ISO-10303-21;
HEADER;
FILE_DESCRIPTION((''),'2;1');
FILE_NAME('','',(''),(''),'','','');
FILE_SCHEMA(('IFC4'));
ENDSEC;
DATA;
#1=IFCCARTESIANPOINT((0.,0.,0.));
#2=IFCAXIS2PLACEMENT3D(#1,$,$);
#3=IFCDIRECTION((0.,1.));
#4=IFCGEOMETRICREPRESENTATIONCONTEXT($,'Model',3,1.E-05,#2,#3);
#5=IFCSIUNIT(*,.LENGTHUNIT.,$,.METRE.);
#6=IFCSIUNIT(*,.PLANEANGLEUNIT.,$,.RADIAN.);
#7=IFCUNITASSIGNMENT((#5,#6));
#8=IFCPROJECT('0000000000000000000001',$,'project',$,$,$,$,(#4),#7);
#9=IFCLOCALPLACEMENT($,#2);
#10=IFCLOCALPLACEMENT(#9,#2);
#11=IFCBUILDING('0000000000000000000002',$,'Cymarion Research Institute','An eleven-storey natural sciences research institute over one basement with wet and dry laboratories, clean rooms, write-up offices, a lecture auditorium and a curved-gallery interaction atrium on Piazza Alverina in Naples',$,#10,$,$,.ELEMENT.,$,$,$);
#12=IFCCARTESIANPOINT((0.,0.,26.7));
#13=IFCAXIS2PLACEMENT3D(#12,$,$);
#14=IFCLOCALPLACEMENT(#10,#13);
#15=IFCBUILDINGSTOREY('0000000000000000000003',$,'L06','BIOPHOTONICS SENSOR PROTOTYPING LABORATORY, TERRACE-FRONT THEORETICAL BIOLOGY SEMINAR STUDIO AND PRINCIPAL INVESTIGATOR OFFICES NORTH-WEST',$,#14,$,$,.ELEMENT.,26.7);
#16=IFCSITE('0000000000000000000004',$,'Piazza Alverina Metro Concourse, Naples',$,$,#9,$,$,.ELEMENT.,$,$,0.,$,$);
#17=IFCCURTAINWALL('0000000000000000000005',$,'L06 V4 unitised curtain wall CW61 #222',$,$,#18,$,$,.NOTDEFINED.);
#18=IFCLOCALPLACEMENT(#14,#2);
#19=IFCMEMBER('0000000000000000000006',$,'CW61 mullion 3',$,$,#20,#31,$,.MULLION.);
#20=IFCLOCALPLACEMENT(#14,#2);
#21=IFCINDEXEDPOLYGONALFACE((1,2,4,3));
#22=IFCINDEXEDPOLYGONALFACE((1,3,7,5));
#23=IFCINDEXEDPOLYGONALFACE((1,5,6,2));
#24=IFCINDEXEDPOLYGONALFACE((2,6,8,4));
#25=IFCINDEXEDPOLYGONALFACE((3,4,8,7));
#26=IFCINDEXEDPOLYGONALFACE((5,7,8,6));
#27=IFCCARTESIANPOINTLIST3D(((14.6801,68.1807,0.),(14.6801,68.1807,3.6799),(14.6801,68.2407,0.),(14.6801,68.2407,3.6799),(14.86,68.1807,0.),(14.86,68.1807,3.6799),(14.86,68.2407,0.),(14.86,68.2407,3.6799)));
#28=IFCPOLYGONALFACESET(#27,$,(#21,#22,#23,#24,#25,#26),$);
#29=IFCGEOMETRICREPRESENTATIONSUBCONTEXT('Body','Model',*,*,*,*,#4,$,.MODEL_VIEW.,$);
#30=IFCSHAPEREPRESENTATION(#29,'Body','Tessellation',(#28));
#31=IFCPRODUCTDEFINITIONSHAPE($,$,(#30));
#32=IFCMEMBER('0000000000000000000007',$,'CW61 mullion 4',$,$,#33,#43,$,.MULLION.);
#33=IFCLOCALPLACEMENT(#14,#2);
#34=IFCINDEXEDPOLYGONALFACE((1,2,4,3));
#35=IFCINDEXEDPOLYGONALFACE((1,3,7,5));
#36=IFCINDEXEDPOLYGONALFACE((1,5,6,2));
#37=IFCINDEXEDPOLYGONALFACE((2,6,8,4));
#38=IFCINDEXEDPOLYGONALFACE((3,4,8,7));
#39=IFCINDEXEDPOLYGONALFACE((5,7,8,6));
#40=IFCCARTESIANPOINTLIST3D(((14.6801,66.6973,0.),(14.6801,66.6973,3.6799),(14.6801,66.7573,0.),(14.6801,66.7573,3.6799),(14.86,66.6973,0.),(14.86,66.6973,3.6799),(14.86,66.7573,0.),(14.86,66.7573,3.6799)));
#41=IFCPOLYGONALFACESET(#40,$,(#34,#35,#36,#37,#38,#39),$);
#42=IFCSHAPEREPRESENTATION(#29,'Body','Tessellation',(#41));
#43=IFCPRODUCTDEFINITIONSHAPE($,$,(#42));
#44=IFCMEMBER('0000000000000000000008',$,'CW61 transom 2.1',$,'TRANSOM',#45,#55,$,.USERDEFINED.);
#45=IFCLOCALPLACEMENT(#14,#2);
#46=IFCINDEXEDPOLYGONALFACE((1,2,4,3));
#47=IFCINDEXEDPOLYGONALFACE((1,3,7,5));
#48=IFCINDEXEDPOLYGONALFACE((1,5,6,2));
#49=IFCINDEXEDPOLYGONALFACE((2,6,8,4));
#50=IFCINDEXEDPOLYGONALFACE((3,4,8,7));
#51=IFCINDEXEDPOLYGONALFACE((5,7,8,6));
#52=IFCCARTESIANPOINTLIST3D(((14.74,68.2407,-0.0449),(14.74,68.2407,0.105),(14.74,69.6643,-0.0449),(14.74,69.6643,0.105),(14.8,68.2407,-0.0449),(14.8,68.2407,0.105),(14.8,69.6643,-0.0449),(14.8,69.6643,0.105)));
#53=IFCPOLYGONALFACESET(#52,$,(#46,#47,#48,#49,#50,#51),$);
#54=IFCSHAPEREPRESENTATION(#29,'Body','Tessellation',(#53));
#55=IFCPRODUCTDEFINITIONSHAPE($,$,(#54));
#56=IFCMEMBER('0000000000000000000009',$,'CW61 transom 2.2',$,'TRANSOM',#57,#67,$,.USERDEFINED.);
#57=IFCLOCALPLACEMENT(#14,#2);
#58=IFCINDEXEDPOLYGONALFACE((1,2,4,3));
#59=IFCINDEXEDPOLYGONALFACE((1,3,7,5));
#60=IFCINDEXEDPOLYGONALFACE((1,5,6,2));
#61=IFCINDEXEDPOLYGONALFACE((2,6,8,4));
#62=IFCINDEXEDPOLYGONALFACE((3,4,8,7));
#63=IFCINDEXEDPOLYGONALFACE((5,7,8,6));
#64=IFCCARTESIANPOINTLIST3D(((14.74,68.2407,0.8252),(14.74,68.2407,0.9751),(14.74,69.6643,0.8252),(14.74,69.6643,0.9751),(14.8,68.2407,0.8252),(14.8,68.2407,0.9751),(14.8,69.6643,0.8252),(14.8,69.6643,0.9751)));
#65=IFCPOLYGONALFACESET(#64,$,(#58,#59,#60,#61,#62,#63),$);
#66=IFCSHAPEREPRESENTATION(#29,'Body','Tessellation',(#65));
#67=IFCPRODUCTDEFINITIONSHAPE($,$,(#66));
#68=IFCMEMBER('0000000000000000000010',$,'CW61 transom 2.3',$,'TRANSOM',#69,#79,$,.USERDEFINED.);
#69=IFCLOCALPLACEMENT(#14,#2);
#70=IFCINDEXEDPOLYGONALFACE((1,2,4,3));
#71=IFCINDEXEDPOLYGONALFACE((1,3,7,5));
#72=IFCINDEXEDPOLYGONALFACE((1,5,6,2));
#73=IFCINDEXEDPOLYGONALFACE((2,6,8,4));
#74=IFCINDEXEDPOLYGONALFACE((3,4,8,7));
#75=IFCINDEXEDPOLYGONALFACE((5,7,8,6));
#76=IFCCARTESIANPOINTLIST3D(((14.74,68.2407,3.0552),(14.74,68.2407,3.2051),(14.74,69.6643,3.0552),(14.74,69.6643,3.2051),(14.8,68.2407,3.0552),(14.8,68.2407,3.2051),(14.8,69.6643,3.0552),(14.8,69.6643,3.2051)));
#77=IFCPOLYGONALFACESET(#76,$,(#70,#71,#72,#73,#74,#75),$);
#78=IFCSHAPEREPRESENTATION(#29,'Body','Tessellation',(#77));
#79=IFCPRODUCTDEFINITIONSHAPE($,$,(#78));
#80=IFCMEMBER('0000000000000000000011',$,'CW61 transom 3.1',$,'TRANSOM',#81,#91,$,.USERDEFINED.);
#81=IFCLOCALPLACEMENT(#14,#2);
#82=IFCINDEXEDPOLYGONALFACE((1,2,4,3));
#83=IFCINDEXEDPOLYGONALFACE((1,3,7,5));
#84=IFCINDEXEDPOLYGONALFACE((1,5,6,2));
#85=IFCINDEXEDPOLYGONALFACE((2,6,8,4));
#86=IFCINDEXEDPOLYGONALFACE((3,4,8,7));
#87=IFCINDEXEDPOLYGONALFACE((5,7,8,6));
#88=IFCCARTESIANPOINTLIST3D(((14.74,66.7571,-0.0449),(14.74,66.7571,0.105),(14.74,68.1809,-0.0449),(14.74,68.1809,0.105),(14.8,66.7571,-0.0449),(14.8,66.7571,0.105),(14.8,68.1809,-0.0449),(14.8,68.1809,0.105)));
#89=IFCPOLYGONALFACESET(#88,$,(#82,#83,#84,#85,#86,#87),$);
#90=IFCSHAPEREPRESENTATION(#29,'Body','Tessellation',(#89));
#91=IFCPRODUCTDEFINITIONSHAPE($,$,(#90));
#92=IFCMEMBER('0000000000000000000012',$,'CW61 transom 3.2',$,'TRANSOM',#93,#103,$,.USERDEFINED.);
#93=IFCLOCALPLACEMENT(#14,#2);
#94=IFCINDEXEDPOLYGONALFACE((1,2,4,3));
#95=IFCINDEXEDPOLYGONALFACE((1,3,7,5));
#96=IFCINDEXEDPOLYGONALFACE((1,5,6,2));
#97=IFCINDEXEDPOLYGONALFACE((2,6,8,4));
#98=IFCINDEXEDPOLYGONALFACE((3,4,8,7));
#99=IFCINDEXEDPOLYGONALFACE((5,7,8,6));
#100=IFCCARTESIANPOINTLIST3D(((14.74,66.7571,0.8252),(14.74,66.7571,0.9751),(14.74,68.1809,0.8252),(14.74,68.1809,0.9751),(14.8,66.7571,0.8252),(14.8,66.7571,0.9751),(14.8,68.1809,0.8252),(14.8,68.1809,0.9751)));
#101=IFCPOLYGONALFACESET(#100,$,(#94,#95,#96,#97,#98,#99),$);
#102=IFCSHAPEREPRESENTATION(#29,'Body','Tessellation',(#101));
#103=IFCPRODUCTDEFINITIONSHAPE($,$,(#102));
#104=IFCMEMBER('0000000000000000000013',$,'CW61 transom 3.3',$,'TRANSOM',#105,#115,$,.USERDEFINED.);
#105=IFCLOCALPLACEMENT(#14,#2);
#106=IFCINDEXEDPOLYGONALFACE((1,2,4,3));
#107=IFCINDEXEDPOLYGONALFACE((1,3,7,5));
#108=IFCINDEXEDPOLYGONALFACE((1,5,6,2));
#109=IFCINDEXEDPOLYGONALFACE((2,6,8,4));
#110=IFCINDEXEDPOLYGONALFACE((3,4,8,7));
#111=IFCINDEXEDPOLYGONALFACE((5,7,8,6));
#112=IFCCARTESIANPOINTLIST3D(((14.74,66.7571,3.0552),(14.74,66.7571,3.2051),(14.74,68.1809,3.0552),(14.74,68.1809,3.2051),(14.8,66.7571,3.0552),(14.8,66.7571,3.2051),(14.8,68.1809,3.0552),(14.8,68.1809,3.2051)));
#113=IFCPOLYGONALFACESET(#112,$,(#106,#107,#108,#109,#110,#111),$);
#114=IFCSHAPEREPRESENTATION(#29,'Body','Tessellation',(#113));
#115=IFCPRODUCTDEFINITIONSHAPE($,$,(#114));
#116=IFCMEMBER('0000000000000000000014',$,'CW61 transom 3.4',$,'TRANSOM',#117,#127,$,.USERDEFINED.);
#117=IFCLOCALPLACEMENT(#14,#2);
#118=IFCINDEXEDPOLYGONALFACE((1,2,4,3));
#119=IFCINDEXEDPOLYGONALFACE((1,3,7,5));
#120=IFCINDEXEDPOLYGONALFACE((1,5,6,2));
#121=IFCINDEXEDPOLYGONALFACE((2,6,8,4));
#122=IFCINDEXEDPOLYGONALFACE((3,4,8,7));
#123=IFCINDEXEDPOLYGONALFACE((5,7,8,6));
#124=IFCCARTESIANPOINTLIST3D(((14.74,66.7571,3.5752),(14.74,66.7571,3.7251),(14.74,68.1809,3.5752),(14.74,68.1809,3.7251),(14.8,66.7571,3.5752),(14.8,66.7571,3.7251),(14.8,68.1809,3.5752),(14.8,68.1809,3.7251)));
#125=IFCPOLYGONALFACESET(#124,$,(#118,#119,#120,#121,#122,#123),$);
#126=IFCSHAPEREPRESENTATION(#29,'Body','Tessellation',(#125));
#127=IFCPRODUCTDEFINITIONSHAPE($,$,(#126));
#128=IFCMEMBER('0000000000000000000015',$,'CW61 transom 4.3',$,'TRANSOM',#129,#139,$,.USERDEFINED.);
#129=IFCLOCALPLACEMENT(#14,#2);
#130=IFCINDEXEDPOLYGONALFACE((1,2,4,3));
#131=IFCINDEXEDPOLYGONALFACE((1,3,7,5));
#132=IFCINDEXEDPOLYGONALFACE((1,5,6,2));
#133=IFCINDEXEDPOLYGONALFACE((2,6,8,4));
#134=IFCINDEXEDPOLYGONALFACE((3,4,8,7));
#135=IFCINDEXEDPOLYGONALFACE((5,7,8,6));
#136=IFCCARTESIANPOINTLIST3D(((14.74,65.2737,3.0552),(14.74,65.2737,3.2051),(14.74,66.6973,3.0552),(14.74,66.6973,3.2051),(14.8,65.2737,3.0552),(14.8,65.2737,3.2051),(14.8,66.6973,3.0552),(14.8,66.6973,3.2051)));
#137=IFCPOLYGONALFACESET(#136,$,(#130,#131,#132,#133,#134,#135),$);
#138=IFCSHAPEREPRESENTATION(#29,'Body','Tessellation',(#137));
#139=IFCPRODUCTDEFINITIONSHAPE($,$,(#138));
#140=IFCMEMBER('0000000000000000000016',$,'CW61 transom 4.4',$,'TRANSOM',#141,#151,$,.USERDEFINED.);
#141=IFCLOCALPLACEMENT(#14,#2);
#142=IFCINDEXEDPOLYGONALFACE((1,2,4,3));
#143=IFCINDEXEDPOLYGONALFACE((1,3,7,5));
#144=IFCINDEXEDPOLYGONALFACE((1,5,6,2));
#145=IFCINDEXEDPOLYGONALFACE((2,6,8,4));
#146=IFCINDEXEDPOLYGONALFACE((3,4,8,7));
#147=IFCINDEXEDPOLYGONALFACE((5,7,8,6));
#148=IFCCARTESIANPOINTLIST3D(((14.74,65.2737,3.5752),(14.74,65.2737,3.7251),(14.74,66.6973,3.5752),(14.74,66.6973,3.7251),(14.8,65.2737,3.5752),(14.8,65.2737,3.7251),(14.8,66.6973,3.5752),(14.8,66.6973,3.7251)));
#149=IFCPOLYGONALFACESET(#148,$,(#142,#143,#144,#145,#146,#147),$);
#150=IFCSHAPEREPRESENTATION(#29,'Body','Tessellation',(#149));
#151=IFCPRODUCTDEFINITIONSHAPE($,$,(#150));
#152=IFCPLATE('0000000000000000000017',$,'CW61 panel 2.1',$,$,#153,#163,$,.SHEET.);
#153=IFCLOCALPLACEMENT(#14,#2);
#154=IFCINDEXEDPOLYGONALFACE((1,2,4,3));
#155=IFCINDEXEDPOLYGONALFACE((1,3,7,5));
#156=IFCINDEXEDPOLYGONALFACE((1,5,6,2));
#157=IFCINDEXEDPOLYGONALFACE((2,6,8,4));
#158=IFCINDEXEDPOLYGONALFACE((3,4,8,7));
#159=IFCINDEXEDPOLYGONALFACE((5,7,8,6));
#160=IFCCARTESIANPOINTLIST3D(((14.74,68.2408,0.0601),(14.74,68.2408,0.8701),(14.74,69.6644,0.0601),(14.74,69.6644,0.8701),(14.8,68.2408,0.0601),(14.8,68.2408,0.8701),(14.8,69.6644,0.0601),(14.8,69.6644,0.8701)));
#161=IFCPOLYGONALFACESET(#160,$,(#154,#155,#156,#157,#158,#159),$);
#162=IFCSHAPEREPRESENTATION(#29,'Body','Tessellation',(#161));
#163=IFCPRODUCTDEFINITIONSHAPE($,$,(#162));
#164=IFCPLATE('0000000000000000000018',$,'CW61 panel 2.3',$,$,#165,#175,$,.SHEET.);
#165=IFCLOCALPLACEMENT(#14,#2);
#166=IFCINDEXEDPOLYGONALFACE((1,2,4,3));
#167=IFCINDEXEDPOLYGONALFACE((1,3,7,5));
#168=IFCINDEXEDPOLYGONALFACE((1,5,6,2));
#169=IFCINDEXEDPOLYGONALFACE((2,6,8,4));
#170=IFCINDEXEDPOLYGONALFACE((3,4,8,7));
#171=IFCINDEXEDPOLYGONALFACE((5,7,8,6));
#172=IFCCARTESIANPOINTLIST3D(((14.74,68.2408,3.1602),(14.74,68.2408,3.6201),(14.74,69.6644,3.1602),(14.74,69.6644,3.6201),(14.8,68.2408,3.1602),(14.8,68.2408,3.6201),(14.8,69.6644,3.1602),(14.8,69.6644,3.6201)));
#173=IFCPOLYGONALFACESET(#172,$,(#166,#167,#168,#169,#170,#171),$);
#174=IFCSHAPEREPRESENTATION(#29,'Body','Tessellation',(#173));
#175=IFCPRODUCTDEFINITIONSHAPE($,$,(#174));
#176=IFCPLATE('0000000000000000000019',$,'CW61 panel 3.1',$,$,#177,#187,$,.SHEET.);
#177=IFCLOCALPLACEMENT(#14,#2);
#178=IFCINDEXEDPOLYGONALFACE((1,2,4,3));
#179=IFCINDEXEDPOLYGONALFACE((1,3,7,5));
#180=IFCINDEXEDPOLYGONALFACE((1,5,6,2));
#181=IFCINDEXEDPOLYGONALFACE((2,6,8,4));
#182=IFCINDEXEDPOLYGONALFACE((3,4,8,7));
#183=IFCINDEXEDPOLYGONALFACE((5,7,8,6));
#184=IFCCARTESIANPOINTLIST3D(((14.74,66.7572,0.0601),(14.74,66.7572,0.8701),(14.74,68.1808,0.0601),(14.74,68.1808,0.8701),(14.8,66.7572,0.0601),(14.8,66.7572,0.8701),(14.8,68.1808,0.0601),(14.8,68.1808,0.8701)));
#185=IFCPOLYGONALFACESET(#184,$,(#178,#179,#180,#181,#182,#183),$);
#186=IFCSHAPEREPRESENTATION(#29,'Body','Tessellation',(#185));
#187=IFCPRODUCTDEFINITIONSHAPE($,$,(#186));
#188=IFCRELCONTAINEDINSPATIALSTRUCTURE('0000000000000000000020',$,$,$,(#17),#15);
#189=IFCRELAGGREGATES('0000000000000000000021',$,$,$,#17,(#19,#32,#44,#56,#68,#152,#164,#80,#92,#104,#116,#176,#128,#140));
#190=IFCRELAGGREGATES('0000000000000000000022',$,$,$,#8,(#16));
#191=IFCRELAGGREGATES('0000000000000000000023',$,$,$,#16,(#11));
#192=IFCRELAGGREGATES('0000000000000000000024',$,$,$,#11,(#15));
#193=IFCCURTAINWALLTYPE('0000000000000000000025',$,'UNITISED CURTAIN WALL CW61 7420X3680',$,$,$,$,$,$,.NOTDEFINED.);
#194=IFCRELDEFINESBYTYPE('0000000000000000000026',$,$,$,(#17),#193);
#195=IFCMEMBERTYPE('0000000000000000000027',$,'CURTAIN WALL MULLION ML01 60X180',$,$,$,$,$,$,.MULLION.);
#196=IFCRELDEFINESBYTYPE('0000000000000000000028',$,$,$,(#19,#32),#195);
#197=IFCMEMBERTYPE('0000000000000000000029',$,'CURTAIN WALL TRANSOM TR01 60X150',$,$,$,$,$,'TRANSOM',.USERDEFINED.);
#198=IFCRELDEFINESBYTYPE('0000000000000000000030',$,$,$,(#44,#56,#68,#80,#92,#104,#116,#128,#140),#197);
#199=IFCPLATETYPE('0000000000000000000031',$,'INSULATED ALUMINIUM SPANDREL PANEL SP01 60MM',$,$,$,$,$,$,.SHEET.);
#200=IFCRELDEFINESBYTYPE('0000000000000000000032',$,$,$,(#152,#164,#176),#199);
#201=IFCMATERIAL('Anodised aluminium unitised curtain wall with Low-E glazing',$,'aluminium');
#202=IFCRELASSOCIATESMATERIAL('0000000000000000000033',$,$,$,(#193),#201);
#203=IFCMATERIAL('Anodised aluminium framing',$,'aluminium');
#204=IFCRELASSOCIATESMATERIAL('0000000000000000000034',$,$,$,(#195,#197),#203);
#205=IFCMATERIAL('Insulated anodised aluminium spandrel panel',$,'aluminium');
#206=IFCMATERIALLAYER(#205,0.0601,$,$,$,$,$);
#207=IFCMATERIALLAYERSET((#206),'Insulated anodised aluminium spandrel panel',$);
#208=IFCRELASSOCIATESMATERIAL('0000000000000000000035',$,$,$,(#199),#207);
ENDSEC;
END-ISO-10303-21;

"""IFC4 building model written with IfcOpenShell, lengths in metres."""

from ifc_helpers import new_model, si_unit, direction, frame, origin, origin_2d, place, context, subcontext, project, spatial, rectangle, extrude, material, layer, layer_set, material_profile, profile_set, type_object, element, aggregate, save


model = new_model("IFC4")

# Units and contexts
model_context = context("Model", 3, precision=1e-05, world=origin(), true_north=direction((0.0, 1.0)))
body_context = subcontext(model_context, "Body", "Model", "MODEL_VIEW")
ifc_project = project(units=[si_unit("LENGTHUNIT", "METRE"), si_unit("PLANEANGLEUNIT", "RADIAN")], contexts=[model_context])

# Site, building, storey
site_placement = place(None, origin())
site = spatial("IfcSite", under=ifc_project, at=site_placement, Name="Piazza Alverina Metro Concourse, Naples", CompositionType="ELEMENT", RefElevation=0.0)
building_placement = place(site_placement, origin())
building = spatial("IfcBuilding", under=site, at=building_placement, Name="Cymarion Research Institute", Description="An eleven-storey natural sciences research institute over one basement with wet and dry laboratories, clean rooms, write-up offices, a lecture auditorium and a curved-gallery interaction atrium on Piazza Alverina in Naples", CompositionType="ELEMENT")
storey_placement = place(building_placement, frame((0.0, 0.0, 26.7)))
storey = spatial("IfcBuildingStorey", under=building, at=storey_placement, Name="L06", Description="BIOPHOTONICS SENSOR PROTOTYPING LABORATORY, TERRACE-FRONT THEORETICAL BIOLOGY SEMINAR STUDIO AND PRINCIPAL INVESTIGATOR OFFICES NORTH-WEST", CompositionType="ELEMENT", Elevation=26.7)

# Curtain wall, members, plates
ifc_material_1 = material(Name="Anodised aluminium unitised curtain wall with Low-E glazing", Category="aluminium")
curtain_wall_type = type_object("IfcCurtainWallType", Name="UNITISED CURTAIN WALL CW61 7420X3680", PredefinedType="NOTDEFINED", material=ifc_material_1)
curtain_wall_placement = place(storey_placement, origin())
curtain_wall = element("IfcCurtainWall", 1, at=curtain_wall_placement, inside=storey, type_object=curtain_wall_type, Name="L06 V4 unitised curtain wall CW61 #222", PredefinedType="NOTDEFINED")
ifc_material_2 = material(Name="Anodised aluminium framing", Category="aluminium")
ifc_material_profile_1 = material_profile(ifc_material_2, rectangle(XDim=0.0601, YDim=0.1799, at=origin_2d()), Name="ALU MULLION 60x180")
ifc_profile_set_1 = profile_set([ifc_material_profile_1], Name="Anodised aluminium framing")
member_type_1 = type_object("IfcMemberType", Name="CURTAIN WALL MULLION ML01 60X180", PredefinedType="MULLION", material=ifc_profile_set_1)
member_1_placement = place(storey_placement, frame((14.77, 68.2107, 0.0), z_axis=(0.0, 0.0, 1.0), x_axis=(0.0, -1.0, 0.0)))
member_1 = element("IfcMember", 2, at=member_1_placement, type_object=member_type_1, Name="CW61 mullion 3", PredefinedType="MULLION", context=body_context, shape_type="SweptSolid", body=[
    extrude(rectangle(XDim=0.0601, YDim=0.1799, at=origin_2d()), origin(), (0.0, 0.0, 1.0), 3.6799),
])
member_2_placement = place(storey_placement, frame((14.77, 66.7273, 0.0), z_axis=(0.0, 0.0, 1.0), x_axis=(0.0, -1.0, 0.0)))
member_2 = element("IfcMember", 3, at=member_2_placement, type_object=member_type_1, Name="CW61 mullion 4", PredefinedType="MULLION", context=body_context, shape_type="SweptSolid", body=[
    extrude(rectangle(XDim=0.0601, YDim=0.1799, at=origin_2d()), origin(), (0.0, 0.0, 1.0), 3.6799),
])
ifc_material_profile_2 = material_profile(ifc_material_2, rectangle(XDim=0.0601, YDim=0.1499, at=origin_2d()), Name="ALU TRANSOM 60x150")
ifc_profile_set_2 = profile_set([ifc_material_profile_2], Name="Anodised aluminium framing")
member_type_2 = type_object("IfcMemberType", Name="CURTAIN WALL TRANSOM TR01 60X150", ElementType="TRANSOM", PredefinedType="USERDEFINED", material=ifc_profile_set_2)
member_3_placement = place(storey_placement, frame((14.77, 69.6643, 0.03), z_axis=(0.0, -1.0, 0.0), x_axis=(1.0, 0.0, 0.0)))
member_3 = element("IfcMember", 4, at=member_3_placement, type_object=member_type_2, Name="CW61 transom 2.1", ObjectType="TRANSOM", PredefinedType="USERDEFINED", context=body_context, shape_type="SweptSolid", body=[
    extrude(rectangle(XDim=0.0601, YDim=0.1499, at=origin_2d()), origin(), (0.0, 0.0, 1.0), 1.4236),
])
member_4_placement = place(storey_placement, frame((14.77, 69.6643, 0.9001), z_axis=(0.0, -1.0, 0.0), x_axis=(1.0, 0.0, 0.0)))
member_4 = element("IfcMember", 5, at=member_4_placement, type_object=member_type_2, Name="CW61 transom 2.2", ObjectType="TRANSOM", PredefinedType="USERDEFINED", context=body_context, shape_type="SweptSolid", body=[
    extrude(rectangle(XDim=0.0601, YDim=0.1499, at=origin_2d()), origin(), (0.0, 0.0, 1.0), 1.4236),
])
member_5_placement = place(storey_placement, frame((14.77, 69.6643, 3.1301), z_axis=(0.0, -1.0, 0.0), x_axis=(1.0, 0.0, 0.0)))
member_5 = element("IfcMember", 6, at=member_5_placement, type_object=member_type_2, Name="CW61 transom 2.3", ObjectType="TRANSOM", PredefinedType="USERDEFINED", context=body_context, shape_type="SweptSolid", body=[
    extrude(rectangle(XDim=0.0601, YDim=0.1499, at=origin_2d()), origin(), (0.0, 0.0, 1.0), 1.4236),
])
member_6_placement = place(storey_placement, frame((14.77, 68.1809, 0.03), z_axis=(0.0, -1.0, 0.0), x_axis=(1.0, 0.0, 0.0)))
member_6 = element("IfcMember", 7, at=member_6_placement, type_object=member_type_2, Name="CW61 transom 3.1", ObjectType="TRANSOM", PredefinedType="USERDEFINED", context=body_context, shape_type="SweptSolid", body=[
    extrude(rectangle(XDim=0.0601, YDim=0.1499, at=origin_2d()), origin(), (0.0, 0.0, 1.0), 1.4238),
])
member_7_placement = place(storey_placement, frame((14.77, 68.1809, 0.9001), z_axis=(0.0, -1.0, 0.0), x_axis=(1.0, 0.0, 0.0)))
member_7 = element("IfcMember", 8, at=member_7_placement, type_object=member_type_2, Name="CW61 transom 3.2", ObjectType="TRANSOM", PredefinedType="USERDEFINED", context=body_context, shape_type="SweptSolid", body=[
    extrude(rectangle(XDim=0.0601, YDim=0.1499, at=origin_2d()), origin(), (0.0, 0.0, 1.0), 1.4238),
])
member_8_placement = place(storey_placement, frame((14.77, 68.1809, 3.1301), z_axis=(0.0, -1.0, 0.0), x_axis=(1.0, 0.0, 0.0)))
member_8 = element("IfcMember", 9, at=member_8_placement, type_object=member_type_2, Name="CW61 transom 3.3", ObjectType="TRANSOM", PredefinedType="USERDEFINED", context=body_context, shape_type="SweptSolid", body=[
    extrude(rectangle(XDim=0.0601, YDim=0.1499, at=origin_2d()), origin(), (0.0, 0.0, 1.0), 1.4238),
])
member_9_placement = place(storey_placement, frame((14.77, 68.1809, 3.6501), z_axis=(0.0, -1.0, 0.0), x_axis=(1.0, 0.0, 0.0)))
member_9 = element("IfcMember", 10, at=member_9_placement, type_object=member_type_2, Name="CW61 transom 3.4", ObjectType="TRANSOM", PredefinedType="USERDEFINED", context=body_context, shape_type="SweptSolid", body=[
    extrude(rectangle(XDim=0.0601, YDim=0.1499, at=origin_2d()), origin(), (0.0, 0.0, 1.0), 1.4238),
])
member_10_placement = place(storey_placement, frame((14.77, 66.6973, 3.1301), z_axis=(0.0, -1.0, 0.0), x_axis=(1.0, 0.0, 0.0)))
member_10 = element("IfcMember", 11, at=member_10_placement, type_object=member_type_2, Name="CW61 transom 4.3", ObjectType="TRANSOM", PredefinedType="USERDEFINED", context=body_context, shape_type="SweptSolid", body=[
    extrude(rectangle(XDim=0.0601, YDim=0.1499, at=origin_2d()), origin(), (0.0, 0.0, 1.0), 1.4236),
])
member_11_placement = place(storey_placement, frame((14.77, 66.6973, 3.6501), z_axis=(0.0, -1.0, 0.0), x_axis=(1.0, 0.0, 0.0)))
member_11 = element("IfcMember", 12, at=member_11_placement, type_object=member_type_2, Name="CW61 transom 4.4", ObjectType="TRANSOM", PredefinedType="USERDEFINED", context=body_context, shape_type="SweptSolid", body=[
    extrude(rectangle(XDim=0.0601, YDim=0.1499, at=origin_2d()), origin(), (0.0, 0.0, 1.0), 1.4236),
])
ifc_material_3 = material(Name="Insulated anodised aluminium spandrel panel", Category="aluminium")
ifc_layer_1 = layer(ifc_material_3, 0.0601)
ifc_layer_set_1 = layer_set([ifc_layer_1], Name="Insulated anodised aluminium spandrel panel")
plate_type_1 = type_object("IfcPlateType", Name="INSULATED ALUMINIUM SPANDREL PANEL SP01 60MM", PredefinedType="SHEET", material=ifc_layer_set_1)
plate_1_placement = place(storey_placement, frame((14.77, 68.9526, 0.0601), z_axis=(0.0, 0.0, 1.0), x_axis=(0.0, -1.0, 0.0)))
plate_1 = element("IfcPlate", 13, at=plate_1_placement, type_object=plate_type_1, Name="CW61 panel 2.1", PredefinedType="SHEET", context=body_context, shape_type="SweptSolid", body=[
    extrude(rectangle(XDim=1.4236, YDim=0.0601, at=origin_2d()), origin(), (0.0, 0.0, 1.0), 0.8101),
])
plate_2_placement = place(storey_placement, frame((14.77, 68.9526, 3.1602), z_axis=(0.0, 0.0, 1.0), x_axis=(0.0, -1.0, 0.0)))
plate_2 = element("IfcPlate", 14, at=plate_2_placement, type_object=plate_type_1, Name="CW61 panel 2.3", PredefinedType="SHEET", context=body_context, shape_type="SweptSolid", body=[
    extrude(rectangle(XDim=1.4236, YDim=0.0601, at=origin_2d()), origin(), (0.0, 0.0, 1.0), 0.46),
])
plate_3_placement = place(storey_placement, frame((14.77, 67.469, 0.0601), z_axis=(0.0, 0.0, 1.0), x_axis=(0.0, -1.0, 0.0)))
plate_3 = element("IfcPlate", 15, at=plate_3_placement, type_object=plate_type_1, Name="CW61 panel 3.1", PredefinedType="SHEET", context=body_context, shape_type="SweptSolid", body=[
    extrude(rectangle(XDim=1.4236, YDim=0.0601, at=origin_2d()), origin(), (0.0, 0.0, 1.0), 0.8101),
])
aggregate(curtain_wall, [member_1, member_2, member_3, member_4, member_5, plate_1, plate_2, member_6, member_7, member_8, member_9, plate_3, member_10, member_11])

save(model, "model.ifc")
